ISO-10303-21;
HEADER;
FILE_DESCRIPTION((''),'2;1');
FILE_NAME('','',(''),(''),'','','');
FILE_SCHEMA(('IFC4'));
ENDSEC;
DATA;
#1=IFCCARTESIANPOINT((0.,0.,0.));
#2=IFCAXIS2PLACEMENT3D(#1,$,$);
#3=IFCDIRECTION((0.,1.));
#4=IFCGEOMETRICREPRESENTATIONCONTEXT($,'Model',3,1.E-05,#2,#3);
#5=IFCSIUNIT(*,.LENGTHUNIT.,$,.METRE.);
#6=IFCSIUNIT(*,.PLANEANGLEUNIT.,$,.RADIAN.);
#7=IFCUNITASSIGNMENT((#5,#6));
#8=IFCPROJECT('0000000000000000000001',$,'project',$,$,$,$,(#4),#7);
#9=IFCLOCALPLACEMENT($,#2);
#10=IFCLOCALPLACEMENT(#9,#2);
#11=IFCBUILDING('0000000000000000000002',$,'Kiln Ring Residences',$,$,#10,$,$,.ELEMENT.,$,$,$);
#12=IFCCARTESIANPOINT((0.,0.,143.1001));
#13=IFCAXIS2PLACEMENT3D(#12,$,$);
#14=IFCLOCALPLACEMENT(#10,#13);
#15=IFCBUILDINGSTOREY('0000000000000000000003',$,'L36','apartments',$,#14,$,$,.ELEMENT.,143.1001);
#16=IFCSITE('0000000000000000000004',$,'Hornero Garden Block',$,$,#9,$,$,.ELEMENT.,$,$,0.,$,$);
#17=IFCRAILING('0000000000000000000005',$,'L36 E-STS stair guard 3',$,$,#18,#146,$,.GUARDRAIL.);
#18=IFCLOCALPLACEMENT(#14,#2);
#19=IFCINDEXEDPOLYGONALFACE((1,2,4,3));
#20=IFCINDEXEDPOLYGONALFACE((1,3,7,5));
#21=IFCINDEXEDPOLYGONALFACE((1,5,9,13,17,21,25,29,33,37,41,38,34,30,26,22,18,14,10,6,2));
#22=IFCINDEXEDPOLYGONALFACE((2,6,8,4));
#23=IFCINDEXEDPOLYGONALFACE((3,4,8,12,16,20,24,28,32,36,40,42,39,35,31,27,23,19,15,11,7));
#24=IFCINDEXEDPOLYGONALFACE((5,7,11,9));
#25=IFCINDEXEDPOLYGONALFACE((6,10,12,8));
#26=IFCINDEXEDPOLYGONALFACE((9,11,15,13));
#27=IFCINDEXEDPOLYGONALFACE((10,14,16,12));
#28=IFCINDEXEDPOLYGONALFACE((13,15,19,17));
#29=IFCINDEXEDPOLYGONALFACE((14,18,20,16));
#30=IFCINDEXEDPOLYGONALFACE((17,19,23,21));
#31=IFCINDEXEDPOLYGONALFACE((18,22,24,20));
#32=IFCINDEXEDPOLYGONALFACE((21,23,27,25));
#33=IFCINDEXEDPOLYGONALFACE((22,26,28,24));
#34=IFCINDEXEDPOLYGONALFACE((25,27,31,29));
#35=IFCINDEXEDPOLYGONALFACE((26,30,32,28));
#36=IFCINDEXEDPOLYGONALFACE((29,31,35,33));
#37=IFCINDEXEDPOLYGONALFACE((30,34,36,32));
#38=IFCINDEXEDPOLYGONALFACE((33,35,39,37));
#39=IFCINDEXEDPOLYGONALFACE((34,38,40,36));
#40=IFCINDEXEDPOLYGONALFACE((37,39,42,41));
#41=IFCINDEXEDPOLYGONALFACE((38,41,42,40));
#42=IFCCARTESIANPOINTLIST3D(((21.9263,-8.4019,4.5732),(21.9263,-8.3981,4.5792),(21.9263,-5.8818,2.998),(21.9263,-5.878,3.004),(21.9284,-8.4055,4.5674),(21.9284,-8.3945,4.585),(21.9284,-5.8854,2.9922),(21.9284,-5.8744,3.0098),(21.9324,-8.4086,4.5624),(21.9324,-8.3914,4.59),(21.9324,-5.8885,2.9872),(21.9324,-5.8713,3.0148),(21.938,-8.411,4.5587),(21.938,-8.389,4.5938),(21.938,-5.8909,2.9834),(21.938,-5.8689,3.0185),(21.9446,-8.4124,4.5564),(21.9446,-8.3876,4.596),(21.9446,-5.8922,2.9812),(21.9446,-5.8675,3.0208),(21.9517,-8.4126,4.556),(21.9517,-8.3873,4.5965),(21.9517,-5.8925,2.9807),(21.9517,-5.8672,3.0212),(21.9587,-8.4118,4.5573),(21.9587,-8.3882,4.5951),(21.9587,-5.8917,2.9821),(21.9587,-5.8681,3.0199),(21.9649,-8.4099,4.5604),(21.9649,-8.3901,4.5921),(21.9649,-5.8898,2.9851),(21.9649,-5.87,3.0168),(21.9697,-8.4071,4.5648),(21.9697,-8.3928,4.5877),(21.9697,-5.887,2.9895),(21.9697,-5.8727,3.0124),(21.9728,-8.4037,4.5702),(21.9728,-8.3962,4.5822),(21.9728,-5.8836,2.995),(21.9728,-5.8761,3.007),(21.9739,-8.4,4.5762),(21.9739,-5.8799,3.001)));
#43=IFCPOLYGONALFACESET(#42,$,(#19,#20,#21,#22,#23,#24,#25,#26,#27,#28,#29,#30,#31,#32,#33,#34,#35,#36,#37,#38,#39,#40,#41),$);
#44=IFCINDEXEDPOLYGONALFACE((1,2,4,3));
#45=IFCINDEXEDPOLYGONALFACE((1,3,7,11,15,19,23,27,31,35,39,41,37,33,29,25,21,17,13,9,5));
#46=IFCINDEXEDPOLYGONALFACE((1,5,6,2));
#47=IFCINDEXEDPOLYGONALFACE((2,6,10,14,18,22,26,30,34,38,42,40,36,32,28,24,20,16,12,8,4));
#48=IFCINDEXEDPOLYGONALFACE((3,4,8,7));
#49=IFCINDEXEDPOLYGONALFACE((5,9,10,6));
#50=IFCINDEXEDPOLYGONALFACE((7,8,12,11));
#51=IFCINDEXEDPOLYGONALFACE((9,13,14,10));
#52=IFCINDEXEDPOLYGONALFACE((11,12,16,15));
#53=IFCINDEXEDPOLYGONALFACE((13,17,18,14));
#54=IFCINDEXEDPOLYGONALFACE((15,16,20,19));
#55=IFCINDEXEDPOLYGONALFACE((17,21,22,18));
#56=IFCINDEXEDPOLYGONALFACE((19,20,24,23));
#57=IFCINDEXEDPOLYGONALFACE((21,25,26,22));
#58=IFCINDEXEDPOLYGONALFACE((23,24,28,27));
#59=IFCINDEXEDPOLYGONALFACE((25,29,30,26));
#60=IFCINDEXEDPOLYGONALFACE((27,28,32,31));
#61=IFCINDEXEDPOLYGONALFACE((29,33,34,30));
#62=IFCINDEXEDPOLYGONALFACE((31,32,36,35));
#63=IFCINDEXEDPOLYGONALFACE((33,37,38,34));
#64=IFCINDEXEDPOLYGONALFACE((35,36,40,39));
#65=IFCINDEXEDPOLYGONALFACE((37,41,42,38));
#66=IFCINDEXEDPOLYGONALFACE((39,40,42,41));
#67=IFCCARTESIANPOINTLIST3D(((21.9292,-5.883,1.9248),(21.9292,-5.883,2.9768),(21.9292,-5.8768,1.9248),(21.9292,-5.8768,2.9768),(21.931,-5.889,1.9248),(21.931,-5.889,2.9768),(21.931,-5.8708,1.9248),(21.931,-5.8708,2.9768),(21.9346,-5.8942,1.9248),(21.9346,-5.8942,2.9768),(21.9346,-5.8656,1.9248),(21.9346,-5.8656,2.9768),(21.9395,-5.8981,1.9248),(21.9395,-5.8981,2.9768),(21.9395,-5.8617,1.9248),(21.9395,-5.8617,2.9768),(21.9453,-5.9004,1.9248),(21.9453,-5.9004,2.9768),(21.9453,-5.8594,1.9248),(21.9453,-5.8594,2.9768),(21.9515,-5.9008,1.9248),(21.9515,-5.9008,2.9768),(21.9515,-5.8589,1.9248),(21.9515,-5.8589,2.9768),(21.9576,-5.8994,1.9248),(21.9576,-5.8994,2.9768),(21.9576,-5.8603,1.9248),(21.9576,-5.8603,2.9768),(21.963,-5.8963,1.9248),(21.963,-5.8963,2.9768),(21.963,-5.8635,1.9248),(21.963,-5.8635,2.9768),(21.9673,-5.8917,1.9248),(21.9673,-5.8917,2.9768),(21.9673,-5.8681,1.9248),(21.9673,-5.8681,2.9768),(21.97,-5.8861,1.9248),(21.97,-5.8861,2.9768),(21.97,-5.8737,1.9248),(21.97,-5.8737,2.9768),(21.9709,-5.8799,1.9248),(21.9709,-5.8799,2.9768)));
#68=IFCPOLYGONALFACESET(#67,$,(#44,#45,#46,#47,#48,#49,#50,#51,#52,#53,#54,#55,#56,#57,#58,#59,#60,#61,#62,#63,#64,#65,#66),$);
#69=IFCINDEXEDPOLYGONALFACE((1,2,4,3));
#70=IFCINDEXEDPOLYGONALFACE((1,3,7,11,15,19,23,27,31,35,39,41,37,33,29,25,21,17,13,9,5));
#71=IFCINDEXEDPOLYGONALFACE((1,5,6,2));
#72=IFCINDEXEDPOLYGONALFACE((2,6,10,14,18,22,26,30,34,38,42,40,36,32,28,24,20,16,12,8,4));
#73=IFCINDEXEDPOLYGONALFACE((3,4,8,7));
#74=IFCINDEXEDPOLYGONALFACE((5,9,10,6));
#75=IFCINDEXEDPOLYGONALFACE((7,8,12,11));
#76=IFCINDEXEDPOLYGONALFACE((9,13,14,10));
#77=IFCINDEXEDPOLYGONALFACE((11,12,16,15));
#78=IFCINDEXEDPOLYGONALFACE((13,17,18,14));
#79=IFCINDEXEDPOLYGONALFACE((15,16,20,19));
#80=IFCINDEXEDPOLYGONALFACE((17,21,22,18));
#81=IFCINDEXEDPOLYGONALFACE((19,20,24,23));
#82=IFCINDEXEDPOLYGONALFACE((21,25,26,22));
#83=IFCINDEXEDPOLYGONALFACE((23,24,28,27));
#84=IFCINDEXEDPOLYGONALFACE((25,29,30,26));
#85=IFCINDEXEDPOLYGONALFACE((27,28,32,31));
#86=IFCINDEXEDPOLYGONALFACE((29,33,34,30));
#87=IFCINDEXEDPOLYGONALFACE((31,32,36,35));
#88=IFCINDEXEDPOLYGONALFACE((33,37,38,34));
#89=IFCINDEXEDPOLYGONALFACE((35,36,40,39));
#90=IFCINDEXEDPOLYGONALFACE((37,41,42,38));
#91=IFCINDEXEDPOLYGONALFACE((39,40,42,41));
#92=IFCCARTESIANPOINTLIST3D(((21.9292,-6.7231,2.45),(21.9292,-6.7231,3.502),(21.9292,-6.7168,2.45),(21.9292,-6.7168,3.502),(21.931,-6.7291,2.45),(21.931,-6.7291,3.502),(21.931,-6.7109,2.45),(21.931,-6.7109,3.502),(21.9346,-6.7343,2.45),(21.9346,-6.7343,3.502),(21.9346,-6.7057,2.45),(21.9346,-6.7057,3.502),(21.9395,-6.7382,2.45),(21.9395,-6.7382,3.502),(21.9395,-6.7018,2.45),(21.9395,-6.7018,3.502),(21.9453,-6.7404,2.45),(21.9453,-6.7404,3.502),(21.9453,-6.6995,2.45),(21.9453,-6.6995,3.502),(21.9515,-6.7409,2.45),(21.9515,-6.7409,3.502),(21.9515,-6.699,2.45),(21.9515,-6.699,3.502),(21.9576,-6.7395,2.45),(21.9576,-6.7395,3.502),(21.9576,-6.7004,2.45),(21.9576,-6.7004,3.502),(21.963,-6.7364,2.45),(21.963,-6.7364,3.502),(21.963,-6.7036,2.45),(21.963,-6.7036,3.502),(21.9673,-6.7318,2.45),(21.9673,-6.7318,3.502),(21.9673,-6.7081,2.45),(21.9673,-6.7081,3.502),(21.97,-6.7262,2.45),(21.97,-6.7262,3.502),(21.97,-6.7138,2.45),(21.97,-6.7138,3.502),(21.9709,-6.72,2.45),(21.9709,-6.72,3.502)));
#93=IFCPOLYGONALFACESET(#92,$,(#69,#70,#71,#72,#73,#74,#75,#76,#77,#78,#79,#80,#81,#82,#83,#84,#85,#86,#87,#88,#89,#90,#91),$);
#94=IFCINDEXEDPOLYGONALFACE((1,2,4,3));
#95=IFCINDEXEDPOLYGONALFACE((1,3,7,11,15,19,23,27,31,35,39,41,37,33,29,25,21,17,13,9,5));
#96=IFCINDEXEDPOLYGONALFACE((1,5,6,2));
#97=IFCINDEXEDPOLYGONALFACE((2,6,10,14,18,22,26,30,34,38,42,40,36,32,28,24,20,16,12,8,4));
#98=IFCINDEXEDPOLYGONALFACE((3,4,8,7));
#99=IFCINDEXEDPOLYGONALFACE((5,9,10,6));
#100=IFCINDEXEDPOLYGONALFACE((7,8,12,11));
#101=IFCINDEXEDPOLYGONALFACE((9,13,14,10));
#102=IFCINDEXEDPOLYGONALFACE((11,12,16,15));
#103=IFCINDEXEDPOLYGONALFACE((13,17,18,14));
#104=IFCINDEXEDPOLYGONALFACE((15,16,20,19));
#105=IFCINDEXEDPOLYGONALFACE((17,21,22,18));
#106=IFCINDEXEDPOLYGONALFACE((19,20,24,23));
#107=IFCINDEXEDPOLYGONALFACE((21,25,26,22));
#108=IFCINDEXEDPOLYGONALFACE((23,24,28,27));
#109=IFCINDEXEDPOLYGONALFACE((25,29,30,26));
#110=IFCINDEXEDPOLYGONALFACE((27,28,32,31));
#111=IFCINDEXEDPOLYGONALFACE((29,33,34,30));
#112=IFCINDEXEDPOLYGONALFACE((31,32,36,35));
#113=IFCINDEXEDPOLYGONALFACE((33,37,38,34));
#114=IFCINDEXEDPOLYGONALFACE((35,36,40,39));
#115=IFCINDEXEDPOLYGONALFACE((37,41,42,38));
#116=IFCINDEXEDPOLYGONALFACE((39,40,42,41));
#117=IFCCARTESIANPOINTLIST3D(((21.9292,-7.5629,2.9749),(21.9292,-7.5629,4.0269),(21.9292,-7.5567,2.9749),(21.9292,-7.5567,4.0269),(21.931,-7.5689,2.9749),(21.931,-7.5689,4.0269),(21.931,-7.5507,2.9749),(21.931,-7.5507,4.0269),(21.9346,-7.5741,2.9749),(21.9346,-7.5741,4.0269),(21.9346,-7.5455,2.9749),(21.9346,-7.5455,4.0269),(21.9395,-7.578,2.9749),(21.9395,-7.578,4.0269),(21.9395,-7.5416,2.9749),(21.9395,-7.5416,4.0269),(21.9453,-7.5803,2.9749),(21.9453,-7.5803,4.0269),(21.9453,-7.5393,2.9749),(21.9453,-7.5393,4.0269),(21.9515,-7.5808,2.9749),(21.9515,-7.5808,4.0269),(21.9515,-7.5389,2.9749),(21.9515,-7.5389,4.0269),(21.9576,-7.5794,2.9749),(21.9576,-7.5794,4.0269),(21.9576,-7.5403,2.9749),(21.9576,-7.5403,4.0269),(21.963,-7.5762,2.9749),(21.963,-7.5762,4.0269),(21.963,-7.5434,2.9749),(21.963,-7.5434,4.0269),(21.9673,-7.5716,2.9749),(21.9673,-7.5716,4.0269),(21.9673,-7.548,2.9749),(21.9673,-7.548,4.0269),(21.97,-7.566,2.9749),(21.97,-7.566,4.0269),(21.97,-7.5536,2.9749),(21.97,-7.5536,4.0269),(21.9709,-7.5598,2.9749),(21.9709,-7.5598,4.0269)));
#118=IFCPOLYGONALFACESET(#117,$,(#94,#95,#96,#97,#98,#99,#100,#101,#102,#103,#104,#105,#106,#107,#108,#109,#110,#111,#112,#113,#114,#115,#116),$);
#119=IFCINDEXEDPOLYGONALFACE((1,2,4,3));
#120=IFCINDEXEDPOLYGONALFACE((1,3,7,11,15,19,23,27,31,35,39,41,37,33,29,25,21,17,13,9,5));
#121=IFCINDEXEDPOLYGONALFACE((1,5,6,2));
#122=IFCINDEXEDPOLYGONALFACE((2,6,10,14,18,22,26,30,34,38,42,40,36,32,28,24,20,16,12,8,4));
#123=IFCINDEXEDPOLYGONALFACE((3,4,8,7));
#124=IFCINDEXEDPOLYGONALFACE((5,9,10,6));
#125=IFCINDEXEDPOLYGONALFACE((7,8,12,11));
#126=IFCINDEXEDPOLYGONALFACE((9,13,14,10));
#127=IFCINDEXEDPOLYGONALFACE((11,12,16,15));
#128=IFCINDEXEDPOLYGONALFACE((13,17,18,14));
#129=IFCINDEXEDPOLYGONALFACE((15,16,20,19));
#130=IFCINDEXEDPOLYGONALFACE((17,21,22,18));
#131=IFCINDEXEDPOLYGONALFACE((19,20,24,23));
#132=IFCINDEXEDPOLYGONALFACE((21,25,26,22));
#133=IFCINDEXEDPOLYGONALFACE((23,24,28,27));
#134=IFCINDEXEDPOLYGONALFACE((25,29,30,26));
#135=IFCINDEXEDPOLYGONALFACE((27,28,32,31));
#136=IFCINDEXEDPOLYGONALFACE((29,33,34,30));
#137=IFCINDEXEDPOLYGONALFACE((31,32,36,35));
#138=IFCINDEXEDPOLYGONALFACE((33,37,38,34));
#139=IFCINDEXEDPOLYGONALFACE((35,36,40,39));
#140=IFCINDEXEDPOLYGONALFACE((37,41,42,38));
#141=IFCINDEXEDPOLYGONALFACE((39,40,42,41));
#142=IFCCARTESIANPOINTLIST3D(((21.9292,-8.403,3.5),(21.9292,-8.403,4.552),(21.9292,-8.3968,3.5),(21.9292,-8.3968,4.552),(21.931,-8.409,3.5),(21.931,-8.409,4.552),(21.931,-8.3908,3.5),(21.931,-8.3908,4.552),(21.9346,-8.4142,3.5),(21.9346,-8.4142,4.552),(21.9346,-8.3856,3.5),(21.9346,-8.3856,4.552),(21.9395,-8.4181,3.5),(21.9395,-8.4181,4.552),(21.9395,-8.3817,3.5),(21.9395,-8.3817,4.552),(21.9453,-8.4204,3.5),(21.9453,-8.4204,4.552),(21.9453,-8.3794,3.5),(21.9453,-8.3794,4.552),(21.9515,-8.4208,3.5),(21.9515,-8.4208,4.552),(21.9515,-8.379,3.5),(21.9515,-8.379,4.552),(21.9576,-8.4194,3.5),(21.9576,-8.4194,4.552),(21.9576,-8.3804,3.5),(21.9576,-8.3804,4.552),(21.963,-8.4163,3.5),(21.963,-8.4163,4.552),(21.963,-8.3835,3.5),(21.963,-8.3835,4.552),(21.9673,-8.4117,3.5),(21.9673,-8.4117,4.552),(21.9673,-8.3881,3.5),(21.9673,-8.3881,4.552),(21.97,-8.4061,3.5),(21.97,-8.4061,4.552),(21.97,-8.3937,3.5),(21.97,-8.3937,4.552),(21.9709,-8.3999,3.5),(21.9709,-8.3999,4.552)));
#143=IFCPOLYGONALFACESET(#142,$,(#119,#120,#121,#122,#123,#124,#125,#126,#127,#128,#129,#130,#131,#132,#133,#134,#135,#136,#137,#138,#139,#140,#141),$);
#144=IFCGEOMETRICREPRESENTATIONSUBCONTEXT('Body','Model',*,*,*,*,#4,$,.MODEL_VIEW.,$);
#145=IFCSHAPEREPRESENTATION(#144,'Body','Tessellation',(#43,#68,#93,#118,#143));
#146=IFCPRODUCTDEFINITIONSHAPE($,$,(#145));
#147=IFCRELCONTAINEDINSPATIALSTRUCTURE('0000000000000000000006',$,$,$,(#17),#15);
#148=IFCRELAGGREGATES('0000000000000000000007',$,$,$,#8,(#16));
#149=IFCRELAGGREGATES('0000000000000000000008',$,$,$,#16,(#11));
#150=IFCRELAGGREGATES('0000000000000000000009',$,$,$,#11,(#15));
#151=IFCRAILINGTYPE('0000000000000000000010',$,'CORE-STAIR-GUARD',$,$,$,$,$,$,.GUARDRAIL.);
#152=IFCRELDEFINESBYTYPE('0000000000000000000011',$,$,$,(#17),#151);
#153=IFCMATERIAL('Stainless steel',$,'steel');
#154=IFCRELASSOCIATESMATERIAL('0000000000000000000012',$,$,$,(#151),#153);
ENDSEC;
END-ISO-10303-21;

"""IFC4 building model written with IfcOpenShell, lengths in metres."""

from ifc_helpers import new_model, si_unit, direction, frame, origin, origin_2d, place, context, subcontext, project, spatial, circle, extrude, material, type_object, element, save


model = new_model("IFC4")

# Units and contexts
model_context = context("Model", 3, precision=1e-05, world=origin(), true_north=direction((0.0, 1.0)))
body_context = subcontext(model_context, "Body", "Model", "MODEL_VIEW")
ifc_project = project(units=[si_unit("LENGTHUNIT", "METRE"), si_unit("PLANEANGLEUNIT", "RADIAN")], contexts=[model_context])

# Site, building, storey
site_placement = place(None, origin())
site = spatial("IfcSite", under=ifc_project, at=site_placement, Name="Hornero Garden Block", CompositionType="ELEMENT", RefElevation=0.0)
building_placement = place(site_placement, origin())
building = spatial("IfcBuilding", under=site, at=building_placement, Name="Kiln Ring Residences", CompositionType="ELEMENT")
storey_placement = place(building_placement, frame((0.0, 0.0, 143.1001)))
storey = spatial("IfcBuildingStorey", under=building, at=storey_placement, Name="L36", Description="apartments", CompositionType="ELEMENT", Elevation=143.1001)

# Railing
ifc_material_1 = material(Name="Stainless steel", Category="steel")
railing_type_1 = type_object("IfcRailingType", Name="CORE-STAIR-GUARD", PredefinedType="GUARDRAIL", material=ifc_material_1)
railing_1_placement = place(storey_placement, frame((21.95, -5.8799, 1.9248)))
element("IfcRailing", 1, at=railing_1_placement, inside=storey, type_object=railing_type_1, Name="L36 E-STS stair guard 3", PredefinedType="GUARDRAIL", context=body_context, shape_type="SweptSolid", body=[
    extrude(circle(Radius=0.0239, at=origin_2d()), frame((0.0, 0.0, 1.0762), z_axis=(0.0, -0.847971, 0.530043), x_axis=(1.0, 0.0, 0.0)), (0.0, 0.0, 1.0), 2.9719),
    extrude(circle(Radius=0.021, at=origin_2d()), origin(), (0.0, 0.0, 1.0), 1.052),
    extrude(circle(Radius=0.021, at=origin_2d()), frame((0.0, -0.8401, 0.5251)), (0.0, 0.0, 1.0), 1.052),
    extrude(circle(Radius=0.021, at=origin_2d()), frame((0.0, -1.6799, 1.05)), (0.0, 0.0, 1.0), 1.052),
    extrude(circle(Radius=0.021, at=origin_2d()), frame((0.0, -2.52, 1.5752)), (0.0, 0.0, 1.0), 1.052),
])

save(model, "model.ifc")
